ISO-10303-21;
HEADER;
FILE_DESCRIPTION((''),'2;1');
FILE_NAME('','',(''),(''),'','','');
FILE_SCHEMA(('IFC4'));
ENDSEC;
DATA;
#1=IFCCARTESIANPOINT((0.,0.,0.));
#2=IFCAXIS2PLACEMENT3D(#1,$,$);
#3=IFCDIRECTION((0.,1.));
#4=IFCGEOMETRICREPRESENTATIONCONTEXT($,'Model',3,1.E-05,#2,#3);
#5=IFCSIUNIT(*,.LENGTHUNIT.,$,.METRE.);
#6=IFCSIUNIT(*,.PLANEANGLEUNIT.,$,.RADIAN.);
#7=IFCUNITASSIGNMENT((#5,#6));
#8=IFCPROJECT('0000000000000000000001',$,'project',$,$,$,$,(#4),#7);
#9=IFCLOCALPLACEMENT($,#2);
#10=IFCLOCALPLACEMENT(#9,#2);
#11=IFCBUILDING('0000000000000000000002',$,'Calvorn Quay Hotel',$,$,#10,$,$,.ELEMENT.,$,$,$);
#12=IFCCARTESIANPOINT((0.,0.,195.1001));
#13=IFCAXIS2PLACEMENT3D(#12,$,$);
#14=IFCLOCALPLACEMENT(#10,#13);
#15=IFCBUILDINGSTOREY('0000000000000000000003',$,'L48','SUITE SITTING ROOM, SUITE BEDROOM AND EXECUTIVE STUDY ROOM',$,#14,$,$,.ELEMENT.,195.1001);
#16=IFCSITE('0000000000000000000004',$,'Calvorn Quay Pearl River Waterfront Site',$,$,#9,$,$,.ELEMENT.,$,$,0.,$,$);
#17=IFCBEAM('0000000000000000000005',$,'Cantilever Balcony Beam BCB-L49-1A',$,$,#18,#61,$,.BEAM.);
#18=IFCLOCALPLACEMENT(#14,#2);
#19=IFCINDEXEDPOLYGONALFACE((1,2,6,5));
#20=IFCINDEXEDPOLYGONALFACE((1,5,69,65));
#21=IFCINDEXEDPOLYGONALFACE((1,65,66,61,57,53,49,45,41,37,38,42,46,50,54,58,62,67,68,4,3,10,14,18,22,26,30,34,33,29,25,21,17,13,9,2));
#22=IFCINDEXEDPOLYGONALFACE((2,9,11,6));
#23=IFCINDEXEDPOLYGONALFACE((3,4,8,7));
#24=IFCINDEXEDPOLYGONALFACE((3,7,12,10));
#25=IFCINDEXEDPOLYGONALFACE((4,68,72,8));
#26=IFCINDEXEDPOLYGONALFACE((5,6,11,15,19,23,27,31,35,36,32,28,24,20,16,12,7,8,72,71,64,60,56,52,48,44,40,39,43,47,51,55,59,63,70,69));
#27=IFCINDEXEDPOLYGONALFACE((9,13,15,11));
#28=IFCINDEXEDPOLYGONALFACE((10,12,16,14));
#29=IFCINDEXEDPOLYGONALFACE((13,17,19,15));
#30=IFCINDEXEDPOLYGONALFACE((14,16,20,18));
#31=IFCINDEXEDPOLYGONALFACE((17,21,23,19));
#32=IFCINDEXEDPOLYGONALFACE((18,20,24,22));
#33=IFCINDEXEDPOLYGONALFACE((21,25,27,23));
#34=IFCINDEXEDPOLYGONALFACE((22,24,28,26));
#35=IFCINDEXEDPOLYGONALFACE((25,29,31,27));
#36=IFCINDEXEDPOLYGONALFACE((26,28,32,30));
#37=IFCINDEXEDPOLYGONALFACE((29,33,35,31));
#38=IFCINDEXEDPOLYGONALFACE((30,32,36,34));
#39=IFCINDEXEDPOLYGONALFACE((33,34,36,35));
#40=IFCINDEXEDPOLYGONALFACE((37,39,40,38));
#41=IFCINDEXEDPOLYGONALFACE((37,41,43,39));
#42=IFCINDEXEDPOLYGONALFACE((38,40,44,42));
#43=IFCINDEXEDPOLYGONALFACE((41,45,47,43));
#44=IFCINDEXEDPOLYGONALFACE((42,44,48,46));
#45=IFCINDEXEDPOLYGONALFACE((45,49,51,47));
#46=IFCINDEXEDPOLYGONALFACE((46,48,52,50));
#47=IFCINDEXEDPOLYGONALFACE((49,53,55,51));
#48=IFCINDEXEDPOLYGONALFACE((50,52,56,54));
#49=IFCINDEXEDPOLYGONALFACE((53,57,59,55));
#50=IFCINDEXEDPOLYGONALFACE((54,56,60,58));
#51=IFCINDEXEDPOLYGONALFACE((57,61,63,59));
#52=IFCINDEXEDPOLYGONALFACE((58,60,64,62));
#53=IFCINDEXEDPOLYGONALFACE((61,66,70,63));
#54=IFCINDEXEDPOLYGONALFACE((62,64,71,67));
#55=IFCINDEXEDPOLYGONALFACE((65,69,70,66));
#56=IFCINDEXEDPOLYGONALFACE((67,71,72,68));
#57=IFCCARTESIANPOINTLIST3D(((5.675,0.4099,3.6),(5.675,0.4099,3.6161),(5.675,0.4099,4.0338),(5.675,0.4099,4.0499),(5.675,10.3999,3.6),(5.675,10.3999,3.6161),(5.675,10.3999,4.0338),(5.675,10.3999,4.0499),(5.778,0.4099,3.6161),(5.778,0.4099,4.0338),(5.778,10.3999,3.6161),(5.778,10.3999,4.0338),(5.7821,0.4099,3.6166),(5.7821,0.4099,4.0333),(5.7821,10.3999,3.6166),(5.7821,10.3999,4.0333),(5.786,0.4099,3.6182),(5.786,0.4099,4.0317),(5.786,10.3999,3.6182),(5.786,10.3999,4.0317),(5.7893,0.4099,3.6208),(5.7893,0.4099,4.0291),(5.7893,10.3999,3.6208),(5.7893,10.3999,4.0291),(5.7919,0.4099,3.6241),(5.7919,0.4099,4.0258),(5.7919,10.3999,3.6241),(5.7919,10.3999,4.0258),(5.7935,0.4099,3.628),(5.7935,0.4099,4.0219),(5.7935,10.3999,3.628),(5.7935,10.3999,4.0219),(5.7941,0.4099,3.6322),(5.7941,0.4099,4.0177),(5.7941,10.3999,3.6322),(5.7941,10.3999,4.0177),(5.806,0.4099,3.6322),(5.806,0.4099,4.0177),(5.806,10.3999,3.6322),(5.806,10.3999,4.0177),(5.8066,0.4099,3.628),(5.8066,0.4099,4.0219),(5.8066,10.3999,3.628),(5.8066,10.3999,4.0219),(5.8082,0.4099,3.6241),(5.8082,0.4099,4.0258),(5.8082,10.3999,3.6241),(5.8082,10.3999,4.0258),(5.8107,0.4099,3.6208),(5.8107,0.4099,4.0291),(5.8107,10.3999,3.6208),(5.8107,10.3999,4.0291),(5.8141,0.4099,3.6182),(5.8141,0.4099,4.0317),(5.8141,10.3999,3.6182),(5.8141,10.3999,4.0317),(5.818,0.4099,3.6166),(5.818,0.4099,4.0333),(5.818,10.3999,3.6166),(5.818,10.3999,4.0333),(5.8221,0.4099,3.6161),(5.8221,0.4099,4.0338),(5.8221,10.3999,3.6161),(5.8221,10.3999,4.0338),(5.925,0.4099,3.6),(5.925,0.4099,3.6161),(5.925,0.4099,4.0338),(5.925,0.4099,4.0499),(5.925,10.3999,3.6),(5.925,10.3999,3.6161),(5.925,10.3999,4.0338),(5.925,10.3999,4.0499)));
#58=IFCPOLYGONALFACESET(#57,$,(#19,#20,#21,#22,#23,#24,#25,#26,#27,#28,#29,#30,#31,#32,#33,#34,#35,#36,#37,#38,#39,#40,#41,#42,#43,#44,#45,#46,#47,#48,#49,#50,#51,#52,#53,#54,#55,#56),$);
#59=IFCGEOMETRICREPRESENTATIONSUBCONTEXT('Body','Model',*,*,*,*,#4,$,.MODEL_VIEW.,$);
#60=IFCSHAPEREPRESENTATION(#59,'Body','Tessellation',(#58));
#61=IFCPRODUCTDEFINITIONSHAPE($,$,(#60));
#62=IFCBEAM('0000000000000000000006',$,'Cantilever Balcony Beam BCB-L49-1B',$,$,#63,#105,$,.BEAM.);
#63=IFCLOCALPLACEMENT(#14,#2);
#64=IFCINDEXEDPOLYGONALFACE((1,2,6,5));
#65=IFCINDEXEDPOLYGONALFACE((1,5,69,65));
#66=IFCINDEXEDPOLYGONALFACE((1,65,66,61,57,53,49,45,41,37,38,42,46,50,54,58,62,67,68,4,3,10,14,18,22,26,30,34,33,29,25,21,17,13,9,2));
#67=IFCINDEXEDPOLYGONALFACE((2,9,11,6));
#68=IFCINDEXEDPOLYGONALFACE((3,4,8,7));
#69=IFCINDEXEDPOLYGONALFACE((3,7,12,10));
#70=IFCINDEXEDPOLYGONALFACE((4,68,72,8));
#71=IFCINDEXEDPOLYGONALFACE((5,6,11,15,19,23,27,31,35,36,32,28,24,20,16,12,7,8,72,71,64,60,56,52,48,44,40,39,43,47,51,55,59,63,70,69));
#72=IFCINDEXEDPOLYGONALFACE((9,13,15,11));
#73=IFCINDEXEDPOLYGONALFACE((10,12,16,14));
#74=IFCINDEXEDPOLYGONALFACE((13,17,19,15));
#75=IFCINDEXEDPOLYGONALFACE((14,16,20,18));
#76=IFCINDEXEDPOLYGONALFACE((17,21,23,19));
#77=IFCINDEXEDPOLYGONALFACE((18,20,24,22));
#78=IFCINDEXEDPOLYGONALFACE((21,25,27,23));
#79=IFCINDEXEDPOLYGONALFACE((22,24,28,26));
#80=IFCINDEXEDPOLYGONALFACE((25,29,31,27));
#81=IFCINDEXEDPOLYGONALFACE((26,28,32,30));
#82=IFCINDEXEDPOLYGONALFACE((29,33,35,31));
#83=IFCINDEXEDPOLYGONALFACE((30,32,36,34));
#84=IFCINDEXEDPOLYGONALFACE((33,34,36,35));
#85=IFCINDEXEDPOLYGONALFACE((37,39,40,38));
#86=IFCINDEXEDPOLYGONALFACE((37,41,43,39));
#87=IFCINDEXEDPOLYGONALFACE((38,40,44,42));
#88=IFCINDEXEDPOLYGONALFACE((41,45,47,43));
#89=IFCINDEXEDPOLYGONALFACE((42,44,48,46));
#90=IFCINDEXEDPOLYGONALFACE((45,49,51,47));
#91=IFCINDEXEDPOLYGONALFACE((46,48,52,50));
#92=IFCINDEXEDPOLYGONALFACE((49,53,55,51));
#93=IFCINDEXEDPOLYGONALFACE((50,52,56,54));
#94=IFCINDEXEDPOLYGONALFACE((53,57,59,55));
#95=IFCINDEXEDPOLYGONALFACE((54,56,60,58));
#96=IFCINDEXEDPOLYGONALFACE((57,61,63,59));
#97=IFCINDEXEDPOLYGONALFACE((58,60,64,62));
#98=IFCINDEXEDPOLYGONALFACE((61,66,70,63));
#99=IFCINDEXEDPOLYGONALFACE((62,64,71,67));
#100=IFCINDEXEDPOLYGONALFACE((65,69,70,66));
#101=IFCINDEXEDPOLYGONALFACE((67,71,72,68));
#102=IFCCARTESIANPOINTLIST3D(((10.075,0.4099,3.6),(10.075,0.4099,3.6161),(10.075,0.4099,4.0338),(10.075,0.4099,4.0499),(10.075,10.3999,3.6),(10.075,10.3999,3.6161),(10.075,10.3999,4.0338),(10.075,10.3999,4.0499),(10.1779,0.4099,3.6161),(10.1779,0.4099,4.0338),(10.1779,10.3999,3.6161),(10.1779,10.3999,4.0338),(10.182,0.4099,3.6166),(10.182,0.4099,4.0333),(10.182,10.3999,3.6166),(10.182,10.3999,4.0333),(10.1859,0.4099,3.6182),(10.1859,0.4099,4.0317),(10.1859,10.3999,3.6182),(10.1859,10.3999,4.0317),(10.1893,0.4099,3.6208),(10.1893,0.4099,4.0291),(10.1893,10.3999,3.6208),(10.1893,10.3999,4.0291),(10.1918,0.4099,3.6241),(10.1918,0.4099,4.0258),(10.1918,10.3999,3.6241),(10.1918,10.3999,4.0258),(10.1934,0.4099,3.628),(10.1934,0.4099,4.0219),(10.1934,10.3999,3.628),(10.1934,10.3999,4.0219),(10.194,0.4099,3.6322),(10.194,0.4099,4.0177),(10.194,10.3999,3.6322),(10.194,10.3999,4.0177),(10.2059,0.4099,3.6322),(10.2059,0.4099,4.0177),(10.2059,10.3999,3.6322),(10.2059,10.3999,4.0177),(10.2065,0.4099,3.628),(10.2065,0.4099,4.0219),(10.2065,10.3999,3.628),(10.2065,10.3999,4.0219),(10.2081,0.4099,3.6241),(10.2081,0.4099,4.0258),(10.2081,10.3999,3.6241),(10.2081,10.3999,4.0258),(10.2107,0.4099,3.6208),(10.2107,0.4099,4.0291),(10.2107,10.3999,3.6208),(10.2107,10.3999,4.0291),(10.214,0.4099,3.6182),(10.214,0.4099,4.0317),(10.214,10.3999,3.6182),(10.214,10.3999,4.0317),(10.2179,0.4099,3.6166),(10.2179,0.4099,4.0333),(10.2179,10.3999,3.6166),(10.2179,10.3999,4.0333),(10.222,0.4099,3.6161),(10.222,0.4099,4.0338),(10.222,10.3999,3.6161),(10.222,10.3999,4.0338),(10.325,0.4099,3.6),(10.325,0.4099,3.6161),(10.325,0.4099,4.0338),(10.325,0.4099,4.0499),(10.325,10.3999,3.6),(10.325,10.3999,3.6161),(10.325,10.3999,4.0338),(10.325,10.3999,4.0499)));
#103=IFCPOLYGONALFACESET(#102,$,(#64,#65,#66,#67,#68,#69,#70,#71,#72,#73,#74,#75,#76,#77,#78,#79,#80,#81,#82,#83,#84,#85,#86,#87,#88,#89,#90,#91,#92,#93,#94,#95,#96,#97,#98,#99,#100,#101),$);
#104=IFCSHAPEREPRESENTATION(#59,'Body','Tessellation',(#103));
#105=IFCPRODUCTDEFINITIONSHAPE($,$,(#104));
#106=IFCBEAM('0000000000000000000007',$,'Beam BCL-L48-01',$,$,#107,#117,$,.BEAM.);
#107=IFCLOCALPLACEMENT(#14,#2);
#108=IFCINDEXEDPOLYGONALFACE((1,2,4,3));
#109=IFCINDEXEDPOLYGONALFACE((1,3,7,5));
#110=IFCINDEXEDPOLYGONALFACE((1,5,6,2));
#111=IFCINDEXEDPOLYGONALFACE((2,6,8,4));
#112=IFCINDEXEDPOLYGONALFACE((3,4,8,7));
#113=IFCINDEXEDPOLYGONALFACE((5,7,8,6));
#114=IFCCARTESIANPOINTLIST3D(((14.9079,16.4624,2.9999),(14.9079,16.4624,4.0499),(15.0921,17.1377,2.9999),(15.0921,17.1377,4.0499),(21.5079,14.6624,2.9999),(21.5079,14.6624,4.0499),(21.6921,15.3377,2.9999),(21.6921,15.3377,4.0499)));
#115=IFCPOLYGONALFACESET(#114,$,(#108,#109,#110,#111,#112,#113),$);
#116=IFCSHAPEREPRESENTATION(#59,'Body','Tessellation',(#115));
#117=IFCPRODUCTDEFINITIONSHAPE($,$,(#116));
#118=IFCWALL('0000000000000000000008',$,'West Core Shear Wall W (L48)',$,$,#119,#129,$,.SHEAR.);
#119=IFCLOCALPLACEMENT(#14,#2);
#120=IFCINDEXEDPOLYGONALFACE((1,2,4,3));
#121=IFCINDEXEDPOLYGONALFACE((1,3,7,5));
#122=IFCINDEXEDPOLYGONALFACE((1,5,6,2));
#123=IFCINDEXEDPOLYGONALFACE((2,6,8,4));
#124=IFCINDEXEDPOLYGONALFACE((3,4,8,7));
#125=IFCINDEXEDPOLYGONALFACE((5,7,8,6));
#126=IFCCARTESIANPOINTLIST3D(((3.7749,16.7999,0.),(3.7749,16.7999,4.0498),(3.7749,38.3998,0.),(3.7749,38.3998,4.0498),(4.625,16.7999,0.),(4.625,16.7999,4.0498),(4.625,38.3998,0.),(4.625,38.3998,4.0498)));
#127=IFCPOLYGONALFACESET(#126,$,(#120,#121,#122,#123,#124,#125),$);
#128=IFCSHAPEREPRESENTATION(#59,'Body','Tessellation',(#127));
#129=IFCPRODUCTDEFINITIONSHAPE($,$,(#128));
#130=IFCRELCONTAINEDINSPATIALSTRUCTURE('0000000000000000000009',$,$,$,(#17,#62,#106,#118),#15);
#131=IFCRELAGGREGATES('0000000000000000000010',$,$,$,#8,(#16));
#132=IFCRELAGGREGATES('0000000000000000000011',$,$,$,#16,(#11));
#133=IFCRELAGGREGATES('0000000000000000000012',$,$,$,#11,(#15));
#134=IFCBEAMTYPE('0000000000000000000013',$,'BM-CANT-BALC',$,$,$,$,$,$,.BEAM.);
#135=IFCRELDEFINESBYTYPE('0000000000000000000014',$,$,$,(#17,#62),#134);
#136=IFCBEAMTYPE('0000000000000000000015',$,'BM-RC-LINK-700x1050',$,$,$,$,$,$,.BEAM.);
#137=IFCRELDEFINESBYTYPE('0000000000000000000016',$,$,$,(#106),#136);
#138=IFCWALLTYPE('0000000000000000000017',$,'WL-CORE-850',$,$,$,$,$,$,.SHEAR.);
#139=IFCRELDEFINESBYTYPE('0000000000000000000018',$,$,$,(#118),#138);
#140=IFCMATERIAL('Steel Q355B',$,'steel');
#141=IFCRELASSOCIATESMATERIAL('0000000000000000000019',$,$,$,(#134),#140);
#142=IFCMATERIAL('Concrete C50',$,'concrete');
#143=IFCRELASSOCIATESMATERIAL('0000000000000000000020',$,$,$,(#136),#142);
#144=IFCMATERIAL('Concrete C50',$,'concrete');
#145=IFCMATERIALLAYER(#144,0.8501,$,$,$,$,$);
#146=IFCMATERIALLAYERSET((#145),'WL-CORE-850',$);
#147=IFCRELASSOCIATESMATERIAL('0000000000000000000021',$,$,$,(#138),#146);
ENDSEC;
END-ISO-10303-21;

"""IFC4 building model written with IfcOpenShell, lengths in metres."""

from ifc_helpers import new_model, si_unit, direction, frame, frame_2d, origin, origin_2d, place, context, subcontext, project, spatial, rectangle, i_section, extrude, material, layer, layer_set, material_profile, profile_set, type_object, element, save


model = new_model("IFC4")

# Units and contexts
model_context = context("Model", 3, precision=1e-05, world=origin(), true_north=direction((0.0, 1.0)))
body_context = subcontext(model_context, "Body", "Model", "MODEL_VIEW")
ifc_project = project(units=[si_unit("LENGTHUNIT", "METRE"), si_unit("PLANEANGLEUNIT", "RADIAN")], contexts=[model_context])

# Site, building, storey
site_placement = place(None, origin())
site = spatial("IfcSite", under=ifc_project, at=site_placement, Name="Calvorn Quay Pearl River Waterfront Site", CompositionType="ELEMENT", RefElevation=0.0)
building_placement = place(site_placement, origin())
building = spatial("IfcBuilding", under=site, at=building_placement, Name="Calvorn Quay Hotel", CompositionType="ELEMENT")
storey_placement = place(building_placement, frame((0.0, 0.0, 195.1001)))
storey = spatial("IfcBuildingStorey", under=building, at=storey_placement, Name="L48", Description="SUITE SITTING ROOM, SUITE BEDROOM AND EXECUTIVE STUDY ROOM", CompositionType="ELEMENT", Elevation=195.1001)

# Beams
ifc_material_1 = material(Name="Steel Q355B", Category="steel")
ifc_material_profile_1 = material_profile(ifc_material_1, i_section(OverallWidth=0.25, OverallDepth=0.45, WebThickness=0.012, FlangeThickness=0.0161, FilletRadius=0.0161, at=origin_2d()), Name="HN450x250x12x16")
ifc_profile_set_1 = profile_set([ifc_material_profile_1], Name="Steel Q355B")
beam_type_1 = type_object("IfcBeamType", Name="BM-CANT-BALC", PredefinedType="BEAM", material=ifc_profile_set_1)
for number, where, z_axis, x_axis, name in (
    (1, (5.8, 10.3999, 3.825), (0.0, -1.0, 0.0), (1.0, 0.0, 0.0), "Cantilever Balcony Beam BCB-L49-1A"),
    (2, (10.2, 10.3999, 3.825), (0.0, -1.0, 0.0), (1.0, 0.0, 0.0), "Cantilever Balcony Beam BCB-L49-1B"),
):
    element("IfcBeam", number, at=place(storey_placement, frame(where, z_axis=z_axis, x_axis=x_axis)), inside=storey, type_object=beam_type_1, Name=name, PredefinedType="BEAM", context=body_context, shape_type="SweptSolid", body=[
        extrude(i_section(OverallWidth=0.25, OverallDepth=0.45, WebThickness=0.012, FlangeThickness=0.0161, FilletRadius=0.0161, at=origin_2d()), origin(), (0.0, 0.0, 1.0), 9.99),
    ])
ifc_material_2 = material(Name="Concrete C50", Category="concrete")
ifc_material_profile_2 = material_profile(ifc_material_2, rectangle(XDim=0.7, YDim=1.05, at=origin_2d()), Name="RCB700x1050")
ifc_profile_set_2 = profile_set([ifc_material_profile_2], Name="Concrete C50")
beam_type_2 = type_object("IfcBeamType", Name="BM-RC-LINK-700x1050", PredefinedType="BEAM", material=ifc_profile_set_2)
beam_placement = place(storey_placement, frame((15.0, 16.8, 3.5249), z_axis=(0.964763, -0.26312, 0.0), x_axis=(0.26312, 0.964763, 0.0)))
element("IfcBeam", 3, at=beam_placement, inside=storey, type_object=beam_type_2, Name="Beam BCL-L48-01", PredefinedType="BEAM", context=body_context, shape_type="SweptSolid", body=[
    extrude(rectangle(XDim=0.7, YDim=1.05, at=origin_2d()), origin(), (0.0, 0.0, 1.0), 6.8411),
])

# Wall
ifc_material_3 = material(Name="Concrete C50", Category="concrete")
ifc_layer_1 = layer(ifc_material_3, 0.8501)
ifc_layer_set_1 = layer_set([ifc_layer_1], Name="WL-CORE-850")
wall_type_1 = type_object("IfcWallType", Name="WL-CORE-850", PredefinedType="SHEAR", material=ifc_layer_set_1)
wall_1_placement = place(storey_placement, frame((4.2, 16.8, 0.0), z_axis=(0.0, 0.0, 1.0), x_axis=(0.0, 1.0, 0.0)))
element("IfcWall", 4, at=wall_1_placement, inside=storey, type_object=wall_type_1, Name="West Core Shear Wall W (L48)", PredefinedType="SHEAR", context=body_context, shape_type="SweptSolid", body=[
    extrude(rectangle(XDim=21.5999, YDim=0.8501, at=frame_2d((10.7998, 0.0))), origin(), (0.0, 0.0, 1.0), 4.0498),
])

save(model, "model.ifc")
